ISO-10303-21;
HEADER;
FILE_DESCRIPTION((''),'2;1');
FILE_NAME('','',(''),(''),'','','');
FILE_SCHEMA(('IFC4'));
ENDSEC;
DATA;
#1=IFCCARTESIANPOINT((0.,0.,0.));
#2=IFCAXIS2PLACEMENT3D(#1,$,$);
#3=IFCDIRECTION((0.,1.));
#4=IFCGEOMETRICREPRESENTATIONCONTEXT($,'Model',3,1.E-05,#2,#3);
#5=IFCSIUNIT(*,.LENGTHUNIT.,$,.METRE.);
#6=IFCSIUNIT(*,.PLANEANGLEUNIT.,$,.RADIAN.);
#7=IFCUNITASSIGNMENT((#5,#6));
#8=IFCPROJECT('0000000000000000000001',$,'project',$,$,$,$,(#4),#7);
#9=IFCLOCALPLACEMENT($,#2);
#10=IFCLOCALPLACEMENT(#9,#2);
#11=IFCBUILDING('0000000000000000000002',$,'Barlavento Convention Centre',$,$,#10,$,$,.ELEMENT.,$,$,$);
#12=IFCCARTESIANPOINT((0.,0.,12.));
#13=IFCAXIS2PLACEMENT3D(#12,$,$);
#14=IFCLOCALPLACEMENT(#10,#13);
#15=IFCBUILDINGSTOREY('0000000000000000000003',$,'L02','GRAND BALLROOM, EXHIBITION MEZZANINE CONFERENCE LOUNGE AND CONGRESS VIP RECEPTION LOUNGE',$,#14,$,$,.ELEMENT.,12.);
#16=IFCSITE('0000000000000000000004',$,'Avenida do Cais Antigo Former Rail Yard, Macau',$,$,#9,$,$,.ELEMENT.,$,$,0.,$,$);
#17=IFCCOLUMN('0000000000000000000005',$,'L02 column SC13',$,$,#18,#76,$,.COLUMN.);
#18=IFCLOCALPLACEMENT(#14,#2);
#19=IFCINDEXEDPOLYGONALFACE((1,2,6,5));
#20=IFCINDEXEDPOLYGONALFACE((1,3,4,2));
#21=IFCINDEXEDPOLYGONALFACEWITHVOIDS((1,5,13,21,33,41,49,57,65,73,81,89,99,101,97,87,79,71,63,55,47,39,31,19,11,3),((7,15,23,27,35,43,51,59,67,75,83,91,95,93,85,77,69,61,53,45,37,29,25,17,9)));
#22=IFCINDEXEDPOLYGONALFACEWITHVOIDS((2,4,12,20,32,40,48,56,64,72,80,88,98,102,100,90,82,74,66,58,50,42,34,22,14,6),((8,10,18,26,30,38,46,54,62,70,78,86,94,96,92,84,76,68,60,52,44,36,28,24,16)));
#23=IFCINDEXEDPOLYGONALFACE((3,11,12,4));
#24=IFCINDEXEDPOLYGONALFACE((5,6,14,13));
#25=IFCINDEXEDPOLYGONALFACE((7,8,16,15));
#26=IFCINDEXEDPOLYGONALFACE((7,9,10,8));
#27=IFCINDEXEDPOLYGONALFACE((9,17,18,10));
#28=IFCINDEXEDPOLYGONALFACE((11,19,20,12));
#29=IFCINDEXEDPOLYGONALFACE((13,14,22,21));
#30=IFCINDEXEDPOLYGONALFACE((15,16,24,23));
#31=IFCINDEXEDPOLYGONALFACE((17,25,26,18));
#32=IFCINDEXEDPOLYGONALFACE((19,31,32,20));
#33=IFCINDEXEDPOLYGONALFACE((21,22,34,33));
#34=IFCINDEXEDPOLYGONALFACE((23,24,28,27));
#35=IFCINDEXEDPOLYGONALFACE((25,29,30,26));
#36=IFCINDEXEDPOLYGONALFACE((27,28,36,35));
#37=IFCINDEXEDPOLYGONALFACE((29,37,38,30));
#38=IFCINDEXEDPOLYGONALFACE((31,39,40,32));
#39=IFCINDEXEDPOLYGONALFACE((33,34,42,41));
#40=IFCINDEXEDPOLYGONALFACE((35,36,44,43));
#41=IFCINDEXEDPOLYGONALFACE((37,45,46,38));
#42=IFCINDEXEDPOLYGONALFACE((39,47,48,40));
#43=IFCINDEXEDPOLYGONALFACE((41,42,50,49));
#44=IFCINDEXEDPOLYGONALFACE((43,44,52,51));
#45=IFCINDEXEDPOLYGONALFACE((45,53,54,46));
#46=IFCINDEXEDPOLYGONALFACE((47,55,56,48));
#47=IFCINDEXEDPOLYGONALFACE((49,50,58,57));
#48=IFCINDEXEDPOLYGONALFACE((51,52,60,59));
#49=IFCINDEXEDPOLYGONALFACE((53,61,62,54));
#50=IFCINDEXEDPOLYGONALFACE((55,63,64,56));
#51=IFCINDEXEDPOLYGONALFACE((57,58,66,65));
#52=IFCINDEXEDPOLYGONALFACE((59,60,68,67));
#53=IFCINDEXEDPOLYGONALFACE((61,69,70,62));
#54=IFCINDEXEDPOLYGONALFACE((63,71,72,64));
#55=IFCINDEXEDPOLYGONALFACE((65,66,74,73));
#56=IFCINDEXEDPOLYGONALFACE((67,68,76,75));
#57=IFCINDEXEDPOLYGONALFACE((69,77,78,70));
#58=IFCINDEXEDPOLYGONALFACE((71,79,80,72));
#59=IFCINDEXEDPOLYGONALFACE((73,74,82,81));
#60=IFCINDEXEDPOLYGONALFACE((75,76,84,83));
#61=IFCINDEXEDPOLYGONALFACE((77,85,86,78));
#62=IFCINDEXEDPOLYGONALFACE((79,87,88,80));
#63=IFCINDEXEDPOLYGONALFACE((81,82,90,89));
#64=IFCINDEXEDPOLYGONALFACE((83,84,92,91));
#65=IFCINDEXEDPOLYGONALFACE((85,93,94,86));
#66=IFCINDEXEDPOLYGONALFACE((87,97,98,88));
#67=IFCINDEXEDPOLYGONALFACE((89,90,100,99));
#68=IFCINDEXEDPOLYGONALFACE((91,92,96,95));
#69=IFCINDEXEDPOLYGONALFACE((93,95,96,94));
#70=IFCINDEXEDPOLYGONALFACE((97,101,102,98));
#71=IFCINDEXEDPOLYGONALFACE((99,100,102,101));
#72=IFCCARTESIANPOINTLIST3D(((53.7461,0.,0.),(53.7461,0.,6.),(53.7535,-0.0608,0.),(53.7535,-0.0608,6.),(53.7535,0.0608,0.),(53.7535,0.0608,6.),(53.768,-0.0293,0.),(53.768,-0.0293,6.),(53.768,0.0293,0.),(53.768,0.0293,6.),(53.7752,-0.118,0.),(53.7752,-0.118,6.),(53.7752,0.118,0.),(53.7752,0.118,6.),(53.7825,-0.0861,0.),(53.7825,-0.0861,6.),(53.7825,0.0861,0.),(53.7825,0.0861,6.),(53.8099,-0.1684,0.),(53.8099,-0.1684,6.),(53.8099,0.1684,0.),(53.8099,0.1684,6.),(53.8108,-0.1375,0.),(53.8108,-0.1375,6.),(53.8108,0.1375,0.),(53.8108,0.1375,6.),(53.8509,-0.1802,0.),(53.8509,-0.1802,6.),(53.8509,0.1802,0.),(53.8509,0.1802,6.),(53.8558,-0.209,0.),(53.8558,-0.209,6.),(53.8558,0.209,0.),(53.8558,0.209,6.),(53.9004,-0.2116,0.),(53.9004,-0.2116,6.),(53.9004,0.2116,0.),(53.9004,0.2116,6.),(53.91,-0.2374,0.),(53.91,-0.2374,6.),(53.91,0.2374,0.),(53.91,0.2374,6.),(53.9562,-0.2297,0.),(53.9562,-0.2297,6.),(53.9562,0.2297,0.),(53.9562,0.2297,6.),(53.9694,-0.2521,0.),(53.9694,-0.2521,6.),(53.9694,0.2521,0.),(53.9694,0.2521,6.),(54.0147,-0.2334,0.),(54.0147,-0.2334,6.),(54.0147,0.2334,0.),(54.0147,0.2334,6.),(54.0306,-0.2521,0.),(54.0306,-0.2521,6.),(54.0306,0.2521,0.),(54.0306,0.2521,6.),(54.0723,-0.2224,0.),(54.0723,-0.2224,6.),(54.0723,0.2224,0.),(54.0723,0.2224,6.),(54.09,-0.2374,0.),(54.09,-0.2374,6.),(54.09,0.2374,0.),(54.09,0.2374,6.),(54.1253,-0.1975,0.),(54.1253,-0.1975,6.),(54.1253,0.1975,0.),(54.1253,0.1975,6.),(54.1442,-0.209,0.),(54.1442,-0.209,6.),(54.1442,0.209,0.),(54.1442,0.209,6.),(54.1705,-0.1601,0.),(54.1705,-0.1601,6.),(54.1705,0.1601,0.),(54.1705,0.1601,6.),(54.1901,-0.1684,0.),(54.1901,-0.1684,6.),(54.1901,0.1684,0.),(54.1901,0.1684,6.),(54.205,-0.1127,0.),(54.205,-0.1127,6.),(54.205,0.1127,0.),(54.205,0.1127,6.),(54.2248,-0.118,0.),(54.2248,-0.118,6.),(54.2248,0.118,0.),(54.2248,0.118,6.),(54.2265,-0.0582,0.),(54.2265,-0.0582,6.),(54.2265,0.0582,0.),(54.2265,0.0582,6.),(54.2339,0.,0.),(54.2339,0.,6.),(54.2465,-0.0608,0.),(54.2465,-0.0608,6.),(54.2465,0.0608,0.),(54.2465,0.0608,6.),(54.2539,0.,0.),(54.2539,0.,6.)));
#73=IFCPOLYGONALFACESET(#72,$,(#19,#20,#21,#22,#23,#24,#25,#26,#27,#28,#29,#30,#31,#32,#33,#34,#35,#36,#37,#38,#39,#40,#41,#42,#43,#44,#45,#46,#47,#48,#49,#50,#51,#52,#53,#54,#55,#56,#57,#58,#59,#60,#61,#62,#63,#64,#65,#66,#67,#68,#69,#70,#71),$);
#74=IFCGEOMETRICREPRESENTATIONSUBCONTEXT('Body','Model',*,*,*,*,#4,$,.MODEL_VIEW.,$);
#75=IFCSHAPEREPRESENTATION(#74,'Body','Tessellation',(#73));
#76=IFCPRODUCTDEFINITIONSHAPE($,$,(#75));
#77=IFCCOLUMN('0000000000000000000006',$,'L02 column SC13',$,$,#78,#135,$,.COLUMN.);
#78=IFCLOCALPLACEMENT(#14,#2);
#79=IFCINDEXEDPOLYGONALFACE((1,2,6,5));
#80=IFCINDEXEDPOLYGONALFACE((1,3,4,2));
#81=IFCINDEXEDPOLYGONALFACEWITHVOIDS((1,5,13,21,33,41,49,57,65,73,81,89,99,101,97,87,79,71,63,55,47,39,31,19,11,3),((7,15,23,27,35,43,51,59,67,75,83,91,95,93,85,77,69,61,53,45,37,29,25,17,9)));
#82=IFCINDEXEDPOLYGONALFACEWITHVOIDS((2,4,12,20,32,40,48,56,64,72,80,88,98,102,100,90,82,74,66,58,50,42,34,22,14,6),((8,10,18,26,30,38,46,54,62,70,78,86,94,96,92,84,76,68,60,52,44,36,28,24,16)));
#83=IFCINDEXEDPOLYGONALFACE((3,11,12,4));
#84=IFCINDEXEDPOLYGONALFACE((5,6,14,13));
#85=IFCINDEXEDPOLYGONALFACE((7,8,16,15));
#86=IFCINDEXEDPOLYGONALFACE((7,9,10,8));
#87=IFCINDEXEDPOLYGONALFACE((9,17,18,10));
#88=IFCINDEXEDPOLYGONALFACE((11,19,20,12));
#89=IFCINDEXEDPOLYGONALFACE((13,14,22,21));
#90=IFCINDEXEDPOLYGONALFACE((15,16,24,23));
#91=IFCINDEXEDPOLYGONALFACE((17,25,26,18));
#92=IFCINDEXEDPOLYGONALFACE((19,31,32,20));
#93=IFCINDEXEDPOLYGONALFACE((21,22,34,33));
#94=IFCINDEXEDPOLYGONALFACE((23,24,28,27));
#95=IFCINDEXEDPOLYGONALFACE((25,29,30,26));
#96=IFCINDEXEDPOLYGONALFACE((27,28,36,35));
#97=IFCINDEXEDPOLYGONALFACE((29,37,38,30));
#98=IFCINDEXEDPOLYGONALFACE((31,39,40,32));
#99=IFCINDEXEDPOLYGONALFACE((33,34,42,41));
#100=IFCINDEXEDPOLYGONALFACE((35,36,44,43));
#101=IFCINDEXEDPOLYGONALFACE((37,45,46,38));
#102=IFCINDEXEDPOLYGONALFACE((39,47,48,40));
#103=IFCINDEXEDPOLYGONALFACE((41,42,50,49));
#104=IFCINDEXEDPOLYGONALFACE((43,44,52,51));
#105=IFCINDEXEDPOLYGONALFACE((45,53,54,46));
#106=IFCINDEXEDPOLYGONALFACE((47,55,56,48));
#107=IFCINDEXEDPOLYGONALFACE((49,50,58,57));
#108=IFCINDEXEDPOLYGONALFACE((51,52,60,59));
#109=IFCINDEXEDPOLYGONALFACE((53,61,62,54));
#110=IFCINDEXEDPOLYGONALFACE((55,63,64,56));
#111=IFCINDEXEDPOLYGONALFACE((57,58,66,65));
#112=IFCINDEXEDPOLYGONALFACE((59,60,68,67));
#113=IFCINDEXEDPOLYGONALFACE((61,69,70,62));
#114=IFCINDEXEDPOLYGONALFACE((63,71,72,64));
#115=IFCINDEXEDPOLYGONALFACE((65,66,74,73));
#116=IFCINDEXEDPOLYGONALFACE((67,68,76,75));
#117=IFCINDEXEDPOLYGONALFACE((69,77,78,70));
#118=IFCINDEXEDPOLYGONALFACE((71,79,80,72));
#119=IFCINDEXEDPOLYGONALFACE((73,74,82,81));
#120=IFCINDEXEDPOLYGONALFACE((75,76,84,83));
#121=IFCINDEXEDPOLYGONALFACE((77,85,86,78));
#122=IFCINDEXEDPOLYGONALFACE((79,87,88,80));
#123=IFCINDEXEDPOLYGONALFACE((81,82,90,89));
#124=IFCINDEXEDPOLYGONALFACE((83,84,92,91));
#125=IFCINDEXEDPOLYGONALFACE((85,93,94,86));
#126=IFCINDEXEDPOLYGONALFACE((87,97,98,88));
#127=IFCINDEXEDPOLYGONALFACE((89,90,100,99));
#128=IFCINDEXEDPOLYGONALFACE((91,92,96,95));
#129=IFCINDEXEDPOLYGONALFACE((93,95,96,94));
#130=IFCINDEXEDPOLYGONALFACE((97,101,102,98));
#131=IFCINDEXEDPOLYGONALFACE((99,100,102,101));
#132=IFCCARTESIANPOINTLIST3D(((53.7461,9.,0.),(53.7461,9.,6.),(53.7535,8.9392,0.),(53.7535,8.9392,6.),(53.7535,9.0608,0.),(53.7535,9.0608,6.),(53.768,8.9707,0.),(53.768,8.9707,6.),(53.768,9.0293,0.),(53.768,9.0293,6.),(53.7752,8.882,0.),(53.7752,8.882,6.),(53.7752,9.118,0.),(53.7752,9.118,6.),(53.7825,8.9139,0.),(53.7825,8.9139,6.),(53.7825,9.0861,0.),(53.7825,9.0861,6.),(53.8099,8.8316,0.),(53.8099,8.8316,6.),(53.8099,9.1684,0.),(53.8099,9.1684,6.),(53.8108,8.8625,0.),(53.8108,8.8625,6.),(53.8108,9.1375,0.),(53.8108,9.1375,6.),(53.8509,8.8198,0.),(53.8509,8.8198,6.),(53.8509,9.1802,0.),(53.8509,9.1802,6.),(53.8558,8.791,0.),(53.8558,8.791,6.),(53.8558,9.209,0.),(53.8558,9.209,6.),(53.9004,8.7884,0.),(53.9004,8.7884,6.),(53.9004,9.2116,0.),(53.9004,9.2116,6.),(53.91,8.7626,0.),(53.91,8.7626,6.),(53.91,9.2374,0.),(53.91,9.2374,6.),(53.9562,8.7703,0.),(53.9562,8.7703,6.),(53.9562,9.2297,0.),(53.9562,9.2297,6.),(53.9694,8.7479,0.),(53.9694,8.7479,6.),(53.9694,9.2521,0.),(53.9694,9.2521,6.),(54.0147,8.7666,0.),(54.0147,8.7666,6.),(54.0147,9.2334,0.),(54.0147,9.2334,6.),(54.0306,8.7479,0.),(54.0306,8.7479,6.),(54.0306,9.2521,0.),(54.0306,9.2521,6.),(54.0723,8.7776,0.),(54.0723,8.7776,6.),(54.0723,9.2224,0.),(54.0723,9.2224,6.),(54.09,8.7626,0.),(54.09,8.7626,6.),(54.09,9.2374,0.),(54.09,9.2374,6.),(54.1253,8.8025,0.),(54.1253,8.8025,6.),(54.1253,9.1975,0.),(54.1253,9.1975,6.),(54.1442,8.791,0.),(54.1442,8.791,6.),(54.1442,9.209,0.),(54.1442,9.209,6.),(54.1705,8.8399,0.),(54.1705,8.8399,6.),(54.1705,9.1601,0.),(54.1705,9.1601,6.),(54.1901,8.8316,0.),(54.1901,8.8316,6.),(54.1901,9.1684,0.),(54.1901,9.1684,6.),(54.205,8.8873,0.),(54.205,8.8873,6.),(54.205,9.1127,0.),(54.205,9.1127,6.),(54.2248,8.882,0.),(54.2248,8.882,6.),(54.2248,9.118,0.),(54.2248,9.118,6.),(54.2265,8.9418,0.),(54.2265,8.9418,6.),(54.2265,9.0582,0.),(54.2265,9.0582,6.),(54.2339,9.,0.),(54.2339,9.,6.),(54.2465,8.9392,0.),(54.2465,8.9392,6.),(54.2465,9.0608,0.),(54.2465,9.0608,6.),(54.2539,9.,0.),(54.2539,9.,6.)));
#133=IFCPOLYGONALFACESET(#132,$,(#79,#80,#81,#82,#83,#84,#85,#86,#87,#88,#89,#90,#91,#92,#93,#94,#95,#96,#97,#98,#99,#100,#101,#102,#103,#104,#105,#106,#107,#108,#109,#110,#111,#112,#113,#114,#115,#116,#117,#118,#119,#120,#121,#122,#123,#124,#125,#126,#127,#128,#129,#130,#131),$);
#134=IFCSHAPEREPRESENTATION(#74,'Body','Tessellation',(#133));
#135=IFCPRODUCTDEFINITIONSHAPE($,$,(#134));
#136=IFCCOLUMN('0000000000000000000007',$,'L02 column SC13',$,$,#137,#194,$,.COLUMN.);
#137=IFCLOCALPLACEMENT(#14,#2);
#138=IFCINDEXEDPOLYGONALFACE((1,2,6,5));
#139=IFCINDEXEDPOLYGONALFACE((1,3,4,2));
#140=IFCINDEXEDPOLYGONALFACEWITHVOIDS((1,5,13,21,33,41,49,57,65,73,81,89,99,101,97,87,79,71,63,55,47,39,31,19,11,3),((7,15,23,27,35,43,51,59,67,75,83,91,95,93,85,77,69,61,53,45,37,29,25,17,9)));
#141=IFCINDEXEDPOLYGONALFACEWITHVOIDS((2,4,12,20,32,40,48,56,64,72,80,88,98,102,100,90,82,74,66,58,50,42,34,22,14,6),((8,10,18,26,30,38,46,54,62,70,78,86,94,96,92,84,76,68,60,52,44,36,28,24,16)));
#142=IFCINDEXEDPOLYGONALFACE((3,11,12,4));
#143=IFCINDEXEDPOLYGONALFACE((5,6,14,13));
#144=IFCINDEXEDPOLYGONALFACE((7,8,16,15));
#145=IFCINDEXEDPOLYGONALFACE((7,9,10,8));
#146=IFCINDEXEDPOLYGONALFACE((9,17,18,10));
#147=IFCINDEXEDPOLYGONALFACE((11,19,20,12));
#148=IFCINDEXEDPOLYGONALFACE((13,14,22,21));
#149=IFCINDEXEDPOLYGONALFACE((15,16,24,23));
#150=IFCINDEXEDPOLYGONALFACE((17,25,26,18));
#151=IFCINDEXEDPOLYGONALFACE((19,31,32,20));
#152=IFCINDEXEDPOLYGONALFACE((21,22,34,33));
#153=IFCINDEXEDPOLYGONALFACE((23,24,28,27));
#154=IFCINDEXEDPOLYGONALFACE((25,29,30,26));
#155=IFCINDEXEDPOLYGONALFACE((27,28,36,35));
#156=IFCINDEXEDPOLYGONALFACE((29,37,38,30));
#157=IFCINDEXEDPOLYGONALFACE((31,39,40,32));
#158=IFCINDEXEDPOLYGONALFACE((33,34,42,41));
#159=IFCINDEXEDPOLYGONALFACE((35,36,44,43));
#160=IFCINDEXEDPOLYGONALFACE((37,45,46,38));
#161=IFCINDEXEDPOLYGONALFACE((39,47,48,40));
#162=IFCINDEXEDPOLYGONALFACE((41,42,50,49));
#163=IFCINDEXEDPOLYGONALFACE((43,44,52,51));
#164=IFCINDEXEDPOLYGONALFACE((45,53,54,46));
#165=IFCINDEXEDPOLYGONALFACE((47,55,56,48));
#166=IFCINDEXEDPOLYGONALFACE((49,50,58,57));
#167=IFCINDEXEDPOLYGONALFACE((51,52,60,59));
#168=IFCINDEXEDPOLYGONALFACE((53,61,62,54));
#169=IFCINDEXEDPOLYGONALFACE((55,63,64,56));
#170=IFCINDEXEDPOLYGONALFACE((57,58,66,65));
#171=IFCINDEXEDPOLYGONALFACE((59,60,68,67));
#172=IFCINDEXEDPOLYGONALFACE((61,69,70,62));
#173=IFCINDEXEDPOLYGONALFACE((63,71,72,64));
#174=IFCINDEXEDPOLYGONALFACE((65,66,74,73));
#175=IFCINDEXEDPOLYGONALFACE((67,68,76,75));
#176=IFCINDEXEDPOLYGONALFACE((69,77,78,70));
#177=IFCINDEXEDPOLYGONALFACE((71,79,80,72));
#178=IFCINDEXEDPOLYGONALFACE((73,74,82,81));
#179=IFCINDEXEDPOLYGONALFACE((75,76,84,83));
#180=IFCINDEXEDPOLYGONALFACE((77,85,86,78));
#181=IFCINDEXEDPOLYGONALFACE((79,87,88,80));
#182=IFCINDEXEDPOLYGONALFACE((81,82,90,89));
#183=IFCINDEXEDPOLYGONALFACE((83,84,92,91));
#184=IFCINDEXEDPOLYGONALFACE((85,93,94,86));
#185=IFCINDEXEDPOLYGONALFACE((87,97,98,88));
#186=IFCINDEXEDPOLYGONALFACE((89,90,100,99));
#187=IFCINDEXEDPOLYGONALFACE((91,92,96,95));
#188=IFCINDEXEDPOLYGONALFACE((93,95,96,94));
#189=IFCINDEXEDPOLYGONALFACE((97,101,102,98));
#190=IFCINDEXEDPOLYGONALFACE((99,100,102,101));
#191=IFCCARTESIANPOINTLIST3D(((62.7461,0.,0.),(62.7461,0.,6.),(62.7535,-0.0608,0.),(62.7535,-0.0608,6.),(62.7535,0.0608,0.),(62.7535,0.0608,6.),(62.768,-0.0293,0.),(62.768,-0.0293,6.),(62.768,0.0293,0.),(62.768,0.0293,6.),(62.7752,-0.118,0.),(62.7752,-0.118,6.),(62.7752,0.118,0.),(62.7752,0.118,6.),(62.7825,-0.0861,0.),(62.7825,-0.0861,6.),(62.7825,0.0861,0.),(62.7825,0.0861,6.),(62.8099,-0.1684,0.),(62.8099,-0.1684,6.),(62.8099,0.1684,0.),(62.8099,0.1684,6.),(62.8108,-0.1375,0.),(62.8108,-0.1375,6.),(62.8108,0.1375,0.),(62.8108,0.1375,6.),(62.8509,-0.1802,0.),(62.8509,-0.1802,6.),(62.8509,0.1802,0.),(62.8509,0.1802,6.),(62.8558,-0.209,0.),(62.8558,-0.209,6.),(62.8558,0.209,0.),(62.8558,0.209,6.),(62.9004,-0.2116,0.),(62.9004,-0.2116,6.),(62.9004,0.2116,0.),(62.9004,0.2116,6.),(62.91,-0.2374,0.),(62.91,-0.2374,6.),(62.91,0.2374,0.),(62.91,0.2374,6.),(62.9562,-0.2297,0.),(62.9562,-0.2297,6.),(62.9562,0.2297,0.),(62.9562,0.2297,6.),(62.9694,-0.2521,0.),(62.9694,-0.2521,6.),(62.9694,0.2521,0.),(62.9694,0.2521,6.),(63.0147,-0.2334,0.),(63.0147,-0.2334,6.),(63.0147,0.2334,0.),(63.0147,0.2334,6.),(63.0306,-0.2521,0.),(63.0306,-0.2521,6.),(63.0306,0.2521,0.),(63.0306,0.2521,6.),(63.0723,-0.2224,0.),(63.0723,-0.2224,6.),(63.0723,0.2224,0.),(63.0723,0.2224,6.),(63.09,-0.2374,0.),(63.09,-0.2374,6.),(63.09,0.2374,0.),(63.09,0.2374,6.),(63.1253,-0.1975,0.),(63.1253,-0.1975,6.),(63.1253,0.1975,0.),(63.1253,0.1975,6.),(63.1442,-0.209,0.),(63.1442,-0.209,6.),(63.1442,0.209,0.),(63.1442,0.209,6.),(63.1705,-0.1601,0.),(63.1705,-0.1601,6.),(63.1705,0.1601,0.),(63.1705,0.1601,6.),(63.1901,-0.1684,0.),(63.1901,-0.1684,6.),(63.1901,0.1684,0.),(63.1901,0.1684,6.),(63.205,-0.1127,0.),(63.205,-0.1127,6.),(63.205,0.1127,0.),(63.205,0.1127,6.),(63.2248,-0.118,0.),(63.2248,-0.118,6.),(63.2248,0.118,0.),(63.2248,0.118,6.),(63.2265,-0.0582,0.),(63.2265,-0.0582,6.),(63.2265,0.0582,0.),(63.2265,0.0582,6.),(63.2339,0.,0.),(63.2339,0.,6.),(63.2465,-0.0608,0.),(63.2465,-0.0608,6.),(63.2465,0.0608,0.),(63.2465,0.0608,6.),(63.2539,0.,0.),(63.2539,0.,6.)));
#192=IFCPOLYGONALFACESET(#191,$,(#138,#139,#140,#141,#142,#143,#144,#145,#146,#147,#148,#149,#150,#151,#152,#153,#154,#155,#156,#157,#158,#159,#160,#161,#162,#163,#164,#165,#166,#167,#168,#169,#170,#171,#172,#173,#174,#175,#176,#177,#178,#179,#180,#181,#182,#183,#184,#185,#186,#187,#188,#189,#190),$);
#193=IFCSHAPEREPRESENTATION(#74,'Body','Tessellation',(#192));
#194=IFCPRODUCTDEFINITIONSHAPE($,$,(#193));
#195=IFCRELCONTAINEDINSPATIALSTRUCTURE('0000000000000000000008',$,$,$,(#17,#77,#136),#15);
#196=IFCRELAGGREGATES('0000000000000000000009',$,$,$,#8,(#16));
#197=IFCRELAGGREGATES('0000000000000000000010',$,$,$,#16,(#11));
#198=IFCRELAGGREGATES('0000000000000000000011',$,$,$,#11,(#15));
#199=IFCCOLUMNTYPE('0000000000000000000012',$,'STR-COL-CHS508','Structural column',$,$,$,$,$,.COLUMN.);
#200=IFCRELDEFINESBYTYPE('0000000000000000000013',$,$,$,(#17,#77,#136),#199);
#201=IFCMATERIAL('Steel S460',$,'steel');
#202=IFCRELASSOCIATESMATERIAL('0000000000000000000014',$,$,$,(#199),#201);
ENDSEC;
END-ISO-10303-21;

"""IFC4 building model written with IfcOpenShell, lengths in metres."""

from ifc_helpers import new_model, si_unit, direction, frame, origin, origin_2d, place, context, subcontext, project, spatial, hollow_circle, extrude, material, material_profile, profile_set, type_object, element, save


model = new_model("IFC4")

# Units and contexts
model_context = context("Model", 3, precision=1e-05, world=origin(), true_north=direction((0.0, 1.0)))
body_context = subcontext(model_context, "Body", "Model", "MODEL_VIEW")
ifc_project = project(units=[si_unit("LENGTHUNIT", "METRE"), si_unit("PLANEANGLEUNIT", "RADIAN")], contexts=[model_context])

# Site, building, storey
site_placement = place(None, origin())
site = spatial("IfcSite", under=ifc_project, at=site_placement, Name="Avenida do Cais Antigo Former Rail Yard, Macau", CompositionType="ELEMENT", RefElevation=0.0)
building_placement = place(site_placement, origin())
building = spatial("IfcBuilding", under=site, at=building_placement, Name="Barlavento Convention Centre", CompositionType="ELEMENT")
storey_placement = place(building_placement, frame((0.0, 0.0, 12.0)))
storey = spatial("IfcBuildingStorey", under=building, at=storey_placement, Name="L02", Description="GRAND BALLROOM, EXHIBITION MEZZANINE CONFERENCE LOUNGE AND CONGRESS VIP RECEPTION LOUNGE", CompositionType="ELEMENT", Elevation=12.0)

# Columns
ifc_material_1 = material(Name="Steel S460", Category="steel")
ifc_material_profile_1 = material_profile(ifc_material_1, hollow_circle(Radius=0.2539, WallThickness=0.02, at=origin_2d()), Name="CHS 508.0x20.0")
ifc_profile_set_1 = profile_set([ifc_material_profile_1], Name="Steel S460")
column_type = type_object("IfcColumnType", Name="STR-COL-CHS508", Description="Structural column", PredefinedType="COLUMN", material=ifc_profile_set_1)
for number, where, z_axis, x_axis, name in (
    (1, (54.0, 0.0, 0.0), (0.0, 0.0, 1.0), (1.0, 0.0, 0.0), "L02 column SC13"),
    (2, (54.0, 9.0, 0.0), (0.0, 0.0, 1.0), (1.0, 0.0, 0.0), "L02 column SC13"),
    (3, (63.0, 0.0, 0.0), (0.0, 0.0, 1.0), (1.0, 0.0, 0.0), "L02 column SC13"),
):
    element("IfcColumn", number, at=place(storey_placement, frame(where, z_axis=z_axis, x_axis=x_axis)), inside=storey, type_object=column_type, Name=name, PredefinedType="COLUMN", context=body_context, shape_type="SweptSolid", body=[
        extrude(hollow_circle(Radius=0.2539, WallThickness=0.02, at=origin_2d()), origin(), (0.0, 0.0, 1.0), 6.0),
    ])

save(model, "model.ifc")
